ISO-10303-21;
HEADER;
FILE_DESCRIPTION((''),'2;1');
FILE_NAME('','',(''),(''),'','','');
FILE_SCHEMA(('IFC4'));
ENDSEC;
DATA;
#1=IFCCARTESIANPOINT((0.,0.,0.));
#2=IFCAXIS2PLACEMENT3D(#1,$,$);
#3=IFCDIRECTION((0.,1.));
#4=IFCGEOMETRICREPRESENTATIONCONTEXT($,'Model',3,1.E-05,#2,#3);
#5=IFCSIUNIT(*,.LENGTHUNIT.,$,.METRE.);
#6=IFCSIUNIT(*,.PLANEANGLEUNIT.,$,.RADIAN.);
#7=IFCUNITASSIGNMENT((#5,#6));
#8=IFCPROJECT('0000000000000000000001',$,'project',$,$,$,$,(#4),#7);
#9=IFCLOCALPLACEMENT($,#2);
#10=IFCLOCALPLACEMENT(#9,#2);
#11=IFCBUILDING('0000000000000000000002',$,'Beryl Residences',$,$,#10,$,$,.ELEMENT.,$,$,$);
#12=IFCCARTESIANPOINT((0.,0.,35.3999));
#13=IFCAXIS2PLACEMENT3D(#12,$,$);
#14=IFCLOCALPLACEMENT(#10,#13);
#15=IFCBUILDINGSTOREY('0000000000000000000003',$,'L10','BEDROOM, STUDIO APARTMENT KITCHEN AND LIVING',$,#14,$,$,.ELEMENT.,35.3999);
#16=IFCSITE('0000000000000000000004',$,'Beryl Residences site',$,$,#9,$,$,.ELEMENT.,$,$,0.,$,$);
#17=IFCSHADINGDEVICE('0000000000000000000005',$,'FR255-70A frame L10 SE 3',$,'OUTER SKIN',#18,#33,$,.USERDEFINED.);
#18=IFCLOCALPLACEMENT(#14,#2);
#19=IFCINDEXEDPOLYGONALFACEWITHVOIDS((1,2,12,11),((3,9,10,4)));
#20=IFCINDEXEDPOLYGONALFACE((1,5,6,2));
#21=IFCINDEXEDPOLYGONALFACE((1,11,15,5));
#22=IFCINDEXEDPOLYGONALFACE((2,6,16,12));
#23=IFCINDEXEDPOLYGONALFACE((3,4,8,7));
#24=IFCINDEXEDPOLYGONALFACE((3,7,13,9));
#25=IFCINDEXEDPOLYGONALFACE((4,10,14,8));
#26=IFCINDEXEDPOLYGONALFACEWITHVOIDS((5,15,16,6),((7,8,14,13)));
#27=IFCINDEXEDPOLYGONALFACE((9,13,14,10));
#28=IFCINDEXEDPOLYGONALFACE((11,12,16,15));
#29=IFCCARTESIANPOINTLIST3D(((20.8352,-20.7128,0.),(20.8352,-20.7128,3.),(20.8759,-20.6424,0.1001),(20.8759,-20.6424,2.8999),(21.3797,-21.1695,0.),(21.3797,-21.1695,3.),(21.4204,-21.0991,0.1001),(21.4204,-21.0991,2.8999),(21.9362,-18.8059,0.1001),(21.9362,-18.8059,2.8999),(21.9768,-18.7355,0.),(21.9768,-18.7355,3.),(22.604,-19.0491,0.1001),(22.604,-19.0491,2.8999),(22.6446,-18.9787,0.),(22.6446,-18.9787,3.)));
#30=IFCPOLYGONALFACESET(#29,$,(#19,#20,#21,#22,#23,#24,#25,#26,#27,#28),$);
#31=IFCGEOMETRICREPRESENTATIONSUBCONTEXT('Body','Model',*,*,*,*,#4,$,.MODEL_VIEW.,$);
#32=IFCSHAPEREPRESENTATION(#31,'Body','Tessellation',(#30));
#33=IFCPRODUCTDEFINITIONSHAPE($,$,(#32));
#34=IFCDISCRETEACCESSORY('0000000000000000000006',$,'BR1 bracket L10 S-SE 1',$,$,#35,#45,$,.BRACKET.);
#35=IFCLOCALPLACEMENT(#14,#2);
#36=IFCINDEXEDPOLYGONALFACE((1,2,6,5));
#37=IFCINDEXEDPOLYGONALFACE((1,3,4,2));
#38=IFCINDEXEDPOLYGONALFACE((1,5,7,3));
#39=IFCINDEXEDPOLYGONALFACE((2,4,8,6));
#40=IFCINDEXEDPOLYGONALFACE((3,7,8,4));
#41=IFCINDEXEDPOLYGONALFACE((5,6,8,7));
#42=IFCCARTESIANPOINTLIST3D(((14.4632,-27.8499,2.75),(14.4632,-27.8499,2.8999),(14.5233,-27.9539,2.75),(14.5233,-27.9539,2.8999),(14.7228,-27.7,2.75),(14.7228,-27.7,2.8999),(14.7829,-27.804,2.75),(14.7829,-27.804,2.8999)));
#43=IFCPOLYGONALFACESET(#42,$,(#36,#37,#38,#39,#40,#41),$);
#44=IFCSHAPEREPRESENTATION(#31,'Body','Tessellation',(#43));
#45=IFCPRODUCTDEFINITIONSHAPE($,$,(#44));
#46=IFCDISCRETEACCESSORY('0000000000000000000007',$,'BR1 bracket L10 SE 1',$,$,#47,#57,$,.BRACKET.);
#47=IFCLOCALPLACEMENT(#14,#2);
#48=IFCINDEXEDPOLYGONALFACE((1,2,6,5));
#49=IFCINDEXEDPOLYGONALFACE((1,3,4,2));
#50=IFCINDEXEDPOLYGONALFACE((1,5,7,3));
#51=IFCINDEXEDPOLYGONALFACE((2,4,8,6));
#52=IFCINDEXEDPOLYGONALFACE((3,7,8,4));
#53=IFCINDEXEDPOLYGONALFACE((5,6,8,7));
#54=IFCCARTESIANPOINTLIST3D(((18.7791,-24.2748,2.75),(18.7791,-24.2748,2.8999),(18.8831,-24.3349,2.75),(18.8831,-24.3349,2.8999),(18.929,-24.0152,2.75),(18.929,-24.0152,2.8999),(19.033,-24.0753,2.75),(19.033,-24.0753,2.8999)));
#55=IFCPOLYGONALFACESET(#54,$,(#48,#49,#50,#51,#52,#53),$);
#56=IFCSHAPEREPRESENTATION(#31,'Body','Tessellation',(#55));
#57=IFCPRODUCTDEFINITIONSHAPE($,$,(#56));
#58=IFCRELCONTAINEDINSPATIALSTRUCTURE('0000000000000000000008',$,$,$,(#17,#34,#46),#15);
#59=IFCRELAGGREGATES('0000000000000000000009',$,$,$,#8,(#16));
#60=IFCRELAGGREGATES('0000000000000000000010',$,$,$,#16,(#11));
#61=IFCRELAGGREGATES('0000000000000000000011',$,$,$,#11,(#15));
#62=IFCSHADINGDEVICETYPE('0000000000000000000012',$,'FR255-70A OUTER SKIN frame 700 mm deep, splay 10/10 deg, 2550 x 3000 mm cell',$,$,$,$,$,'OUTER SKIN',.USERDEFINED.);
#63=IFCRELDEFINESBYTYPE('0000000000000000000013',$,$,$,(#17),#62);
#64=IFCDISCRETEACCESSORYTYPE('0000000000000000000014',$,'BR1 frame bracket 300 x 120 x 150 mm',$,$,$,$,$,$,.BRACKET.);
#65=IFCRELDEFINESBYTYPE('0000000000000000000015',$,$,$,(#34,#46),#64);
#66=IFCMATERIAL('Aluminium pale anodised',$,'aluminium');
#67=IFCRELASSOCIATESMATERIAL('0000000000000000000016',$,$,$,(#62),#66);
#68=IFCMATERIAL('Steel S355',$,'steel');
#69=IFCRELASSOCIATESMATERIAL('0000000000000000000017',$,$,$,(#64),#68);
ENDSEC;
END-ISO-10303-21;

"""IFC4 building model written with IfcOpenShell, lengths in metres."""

from ifc_helpers import new_model, entity, si_unit, direction, frame, origin, place, context, subcontext, project, spatial, polyline, outline, extrude, source, transform, mapped, material, type_object, type_shapes, element, save


model = new_model("IFC4")

# Units and contexts
model_context = context("Model", 3, precision=1e-05, world=origin(), true_north=direction((0.0, 1.0)))
body_context = subcontext(model_context, "Body", "Model", "MODEL_VIEW")
ifc_project = project(units=[si_unit("LENGTHUNIT", "METRE"), si_unit("PLANEANGLEUNIT", "RADIAN")], contexts=[model_context])

# Site, building, storey
site_placement = place(None, origin())
site = spatial("IfcSite", under=ifc_project, at=site_placement, Name="Beryl Residences site", CompositionType="ELEMENT", RefElevation=0.0)
building_placement = place(site_placement, origin())
building = spatial("IfcBuilding", under=site, at=building_placement, Name="Beryl Residences", CompositionType="ELEMENT")
storey_placement = place(building_placement, frame((0.0, 0.0, 35.3999)))
storey = spatial("IfcBuildingStorey", under=building, at=storey_placement, Name="L10", Description="BEDROOM, STUDIO APARTMENT KITCHEN AND LIVING", CompositionType="ELEMENT", Elevation=35.3999)

# Shading device
ifc_material_1 = material(Name="Aluminium pale anodised", Category="aluminium")
shading_device_type_1 = type_object("IfcShadingDeviceType", Name="FR255-70A OUTER SKIN frame 700 mm deep, splay 10/10 deg, 2550 x 3000 mm cell", ElementType="OUTER SKIN", PredefinedType="USERDEFINED", material=ifc_material_1)
cartesian_point_1 = entity("IfcCartesianPoint", [-1.1416, 0.0])
cartesian_point_2 = entity("IfcCartesianPoint", [-1.0603, 0.1001])
cartesian_point_3 = entity("IfcCartesianPoint", [-1.2649, 0.0])
cartesian_point_4 = entity("IfcCartesianPoint", [-1.1836, 0.1001])
shared_shape_1 = source(origin(), body_context, "Body", "SweptSolid", [
    entity("IfcExtrudedAreaSolidTapered", entity("IfcArbitraryProfileDefWithVoids", "AREA", None, entity("IfcPolyline", [cartesian_point_1, entity("IfcCartesianPoint", [1.1416, 0.0]), entity("IfcCartesianPoint", [1.1416, 3.0]), entity("IfcCartesianPoint", [-1.1416, 3.0]), cartesian_point_1]), [entity("IfcPolyline", [cartesian_point_2, entity("IfcCartesianPoint", [1.0603, 0.1001]), entity("IfcCartesianPoint", [1.0603, 2.8999]), entity("IfcCartesianPoint", [-1.0603, 2.8999]), cartesian_point_2])]), entity("IfcAxis2Placement3D", entity("IfcCartesianPoint", [0.0, 0.0, 0.0]), entity("IfcDirection", [0.0, 1.0, 0.0]), entity("IfcDirection", [-1.0, 0.0, 0.0])), entity("IfcDirection", [0.0, 0.0, 1.0]), 0.7, entity("IfcArbitraryProfileDefWithVoids", "AREA", None, entity("IfcPolyline", [cartesian_point_3, entity("IfcCartesianPoint", [1.2649, 0.0]), entity("IfcCartesianPoint", [1.2649, 3.0]), entity("IfcCartesianPoint", [-1.2649, 3.0]), cartesian_point_3]), [entity("IfcPolyline", [cartesian_point_4, entity("IfcCartesianPoint", [1.1836, 0.1001]), entity("IfcCartesianPoint", [1.1836, 2.8999]), entity("IfcCartesianPoint", [-1.1836, 2.8999]), cartesian_point_4])])),
])
type_shapes(shading_device_type_1, [shared_shape_1])
for number, where, z_axis, x_axis, name in (
    (1, (21.406, -19.7241, 0.0), (0.0, 0.0, 1.0), (-0.5, -0.866025, 0.0), "FR255-70A frame L10 SE 3"),
):
    element("IfcShadingDevice", number, at=place(storey_placement, frame(where, z_axis=z_axis, x_axis=x_axis)), inside=storey, type_object=shading_device_type_1, Name=name, ObjectType="OUTER SKIN", PredefinedType="USERDEFINED", context=body_context, shape_type="MappedRepresentation", body=[
        mapped(shared_shape_1, transform((0.0, 0.0, 0.0))),
    ])

# Discrete accessories
ifc_material_2 = material(Name="Steel S355", Category="steel")
discrete_accessory_type = type_object("IfcDiscreteAccessoryType", Name="BR1 frame bracket 300 x 120 x 150 mm", PredefinedType="BRACKET", material=ifc_material_2)
shared_shape_2 = source(origin(), body_context, "Body", "SweptSolid", [
    extrude(outline(polyline([(-0.1499, 0.0), (0.1499, 0.0), (0.1499, 0.1201), (-0.1499, 0.1201), (-0.1499, 0.0)])), origin(), (0.0, 0.0, 1.0), 0.1499),
])
type_shapes(discrete_accessory_type, [shared_shape_2])
for number, where, z_axis, x_axis, name in (
    (2, (14.593, -27.7749, 2.75), (0.0, 0.0, 1.0), (-0.866025, -0.5, 0.0), "BR1 bracket L10 S-SE 1"),
    (3, (18.854, -24.145, 2.75), (0.0, 0.0, 1.0), (-0.5, -0.866025, 0.0), "BR1 bracket L10 SE 1"),
):
    element("IfcDiscreteAccessory", number, at=place(storey_placement, frame(where, z_axis=z_axis, x_axis=x_axis)), inside=storey, type_object=discrete_accessory_type, Name=name, PredefinedType="BRACKET", context=body_context, shape_type="MappedRepresentation", body=[
        mapped(shared_shape_2, transform((0.0, 0.0, 0.0))),
    ])

save(model, "model.ifc")
